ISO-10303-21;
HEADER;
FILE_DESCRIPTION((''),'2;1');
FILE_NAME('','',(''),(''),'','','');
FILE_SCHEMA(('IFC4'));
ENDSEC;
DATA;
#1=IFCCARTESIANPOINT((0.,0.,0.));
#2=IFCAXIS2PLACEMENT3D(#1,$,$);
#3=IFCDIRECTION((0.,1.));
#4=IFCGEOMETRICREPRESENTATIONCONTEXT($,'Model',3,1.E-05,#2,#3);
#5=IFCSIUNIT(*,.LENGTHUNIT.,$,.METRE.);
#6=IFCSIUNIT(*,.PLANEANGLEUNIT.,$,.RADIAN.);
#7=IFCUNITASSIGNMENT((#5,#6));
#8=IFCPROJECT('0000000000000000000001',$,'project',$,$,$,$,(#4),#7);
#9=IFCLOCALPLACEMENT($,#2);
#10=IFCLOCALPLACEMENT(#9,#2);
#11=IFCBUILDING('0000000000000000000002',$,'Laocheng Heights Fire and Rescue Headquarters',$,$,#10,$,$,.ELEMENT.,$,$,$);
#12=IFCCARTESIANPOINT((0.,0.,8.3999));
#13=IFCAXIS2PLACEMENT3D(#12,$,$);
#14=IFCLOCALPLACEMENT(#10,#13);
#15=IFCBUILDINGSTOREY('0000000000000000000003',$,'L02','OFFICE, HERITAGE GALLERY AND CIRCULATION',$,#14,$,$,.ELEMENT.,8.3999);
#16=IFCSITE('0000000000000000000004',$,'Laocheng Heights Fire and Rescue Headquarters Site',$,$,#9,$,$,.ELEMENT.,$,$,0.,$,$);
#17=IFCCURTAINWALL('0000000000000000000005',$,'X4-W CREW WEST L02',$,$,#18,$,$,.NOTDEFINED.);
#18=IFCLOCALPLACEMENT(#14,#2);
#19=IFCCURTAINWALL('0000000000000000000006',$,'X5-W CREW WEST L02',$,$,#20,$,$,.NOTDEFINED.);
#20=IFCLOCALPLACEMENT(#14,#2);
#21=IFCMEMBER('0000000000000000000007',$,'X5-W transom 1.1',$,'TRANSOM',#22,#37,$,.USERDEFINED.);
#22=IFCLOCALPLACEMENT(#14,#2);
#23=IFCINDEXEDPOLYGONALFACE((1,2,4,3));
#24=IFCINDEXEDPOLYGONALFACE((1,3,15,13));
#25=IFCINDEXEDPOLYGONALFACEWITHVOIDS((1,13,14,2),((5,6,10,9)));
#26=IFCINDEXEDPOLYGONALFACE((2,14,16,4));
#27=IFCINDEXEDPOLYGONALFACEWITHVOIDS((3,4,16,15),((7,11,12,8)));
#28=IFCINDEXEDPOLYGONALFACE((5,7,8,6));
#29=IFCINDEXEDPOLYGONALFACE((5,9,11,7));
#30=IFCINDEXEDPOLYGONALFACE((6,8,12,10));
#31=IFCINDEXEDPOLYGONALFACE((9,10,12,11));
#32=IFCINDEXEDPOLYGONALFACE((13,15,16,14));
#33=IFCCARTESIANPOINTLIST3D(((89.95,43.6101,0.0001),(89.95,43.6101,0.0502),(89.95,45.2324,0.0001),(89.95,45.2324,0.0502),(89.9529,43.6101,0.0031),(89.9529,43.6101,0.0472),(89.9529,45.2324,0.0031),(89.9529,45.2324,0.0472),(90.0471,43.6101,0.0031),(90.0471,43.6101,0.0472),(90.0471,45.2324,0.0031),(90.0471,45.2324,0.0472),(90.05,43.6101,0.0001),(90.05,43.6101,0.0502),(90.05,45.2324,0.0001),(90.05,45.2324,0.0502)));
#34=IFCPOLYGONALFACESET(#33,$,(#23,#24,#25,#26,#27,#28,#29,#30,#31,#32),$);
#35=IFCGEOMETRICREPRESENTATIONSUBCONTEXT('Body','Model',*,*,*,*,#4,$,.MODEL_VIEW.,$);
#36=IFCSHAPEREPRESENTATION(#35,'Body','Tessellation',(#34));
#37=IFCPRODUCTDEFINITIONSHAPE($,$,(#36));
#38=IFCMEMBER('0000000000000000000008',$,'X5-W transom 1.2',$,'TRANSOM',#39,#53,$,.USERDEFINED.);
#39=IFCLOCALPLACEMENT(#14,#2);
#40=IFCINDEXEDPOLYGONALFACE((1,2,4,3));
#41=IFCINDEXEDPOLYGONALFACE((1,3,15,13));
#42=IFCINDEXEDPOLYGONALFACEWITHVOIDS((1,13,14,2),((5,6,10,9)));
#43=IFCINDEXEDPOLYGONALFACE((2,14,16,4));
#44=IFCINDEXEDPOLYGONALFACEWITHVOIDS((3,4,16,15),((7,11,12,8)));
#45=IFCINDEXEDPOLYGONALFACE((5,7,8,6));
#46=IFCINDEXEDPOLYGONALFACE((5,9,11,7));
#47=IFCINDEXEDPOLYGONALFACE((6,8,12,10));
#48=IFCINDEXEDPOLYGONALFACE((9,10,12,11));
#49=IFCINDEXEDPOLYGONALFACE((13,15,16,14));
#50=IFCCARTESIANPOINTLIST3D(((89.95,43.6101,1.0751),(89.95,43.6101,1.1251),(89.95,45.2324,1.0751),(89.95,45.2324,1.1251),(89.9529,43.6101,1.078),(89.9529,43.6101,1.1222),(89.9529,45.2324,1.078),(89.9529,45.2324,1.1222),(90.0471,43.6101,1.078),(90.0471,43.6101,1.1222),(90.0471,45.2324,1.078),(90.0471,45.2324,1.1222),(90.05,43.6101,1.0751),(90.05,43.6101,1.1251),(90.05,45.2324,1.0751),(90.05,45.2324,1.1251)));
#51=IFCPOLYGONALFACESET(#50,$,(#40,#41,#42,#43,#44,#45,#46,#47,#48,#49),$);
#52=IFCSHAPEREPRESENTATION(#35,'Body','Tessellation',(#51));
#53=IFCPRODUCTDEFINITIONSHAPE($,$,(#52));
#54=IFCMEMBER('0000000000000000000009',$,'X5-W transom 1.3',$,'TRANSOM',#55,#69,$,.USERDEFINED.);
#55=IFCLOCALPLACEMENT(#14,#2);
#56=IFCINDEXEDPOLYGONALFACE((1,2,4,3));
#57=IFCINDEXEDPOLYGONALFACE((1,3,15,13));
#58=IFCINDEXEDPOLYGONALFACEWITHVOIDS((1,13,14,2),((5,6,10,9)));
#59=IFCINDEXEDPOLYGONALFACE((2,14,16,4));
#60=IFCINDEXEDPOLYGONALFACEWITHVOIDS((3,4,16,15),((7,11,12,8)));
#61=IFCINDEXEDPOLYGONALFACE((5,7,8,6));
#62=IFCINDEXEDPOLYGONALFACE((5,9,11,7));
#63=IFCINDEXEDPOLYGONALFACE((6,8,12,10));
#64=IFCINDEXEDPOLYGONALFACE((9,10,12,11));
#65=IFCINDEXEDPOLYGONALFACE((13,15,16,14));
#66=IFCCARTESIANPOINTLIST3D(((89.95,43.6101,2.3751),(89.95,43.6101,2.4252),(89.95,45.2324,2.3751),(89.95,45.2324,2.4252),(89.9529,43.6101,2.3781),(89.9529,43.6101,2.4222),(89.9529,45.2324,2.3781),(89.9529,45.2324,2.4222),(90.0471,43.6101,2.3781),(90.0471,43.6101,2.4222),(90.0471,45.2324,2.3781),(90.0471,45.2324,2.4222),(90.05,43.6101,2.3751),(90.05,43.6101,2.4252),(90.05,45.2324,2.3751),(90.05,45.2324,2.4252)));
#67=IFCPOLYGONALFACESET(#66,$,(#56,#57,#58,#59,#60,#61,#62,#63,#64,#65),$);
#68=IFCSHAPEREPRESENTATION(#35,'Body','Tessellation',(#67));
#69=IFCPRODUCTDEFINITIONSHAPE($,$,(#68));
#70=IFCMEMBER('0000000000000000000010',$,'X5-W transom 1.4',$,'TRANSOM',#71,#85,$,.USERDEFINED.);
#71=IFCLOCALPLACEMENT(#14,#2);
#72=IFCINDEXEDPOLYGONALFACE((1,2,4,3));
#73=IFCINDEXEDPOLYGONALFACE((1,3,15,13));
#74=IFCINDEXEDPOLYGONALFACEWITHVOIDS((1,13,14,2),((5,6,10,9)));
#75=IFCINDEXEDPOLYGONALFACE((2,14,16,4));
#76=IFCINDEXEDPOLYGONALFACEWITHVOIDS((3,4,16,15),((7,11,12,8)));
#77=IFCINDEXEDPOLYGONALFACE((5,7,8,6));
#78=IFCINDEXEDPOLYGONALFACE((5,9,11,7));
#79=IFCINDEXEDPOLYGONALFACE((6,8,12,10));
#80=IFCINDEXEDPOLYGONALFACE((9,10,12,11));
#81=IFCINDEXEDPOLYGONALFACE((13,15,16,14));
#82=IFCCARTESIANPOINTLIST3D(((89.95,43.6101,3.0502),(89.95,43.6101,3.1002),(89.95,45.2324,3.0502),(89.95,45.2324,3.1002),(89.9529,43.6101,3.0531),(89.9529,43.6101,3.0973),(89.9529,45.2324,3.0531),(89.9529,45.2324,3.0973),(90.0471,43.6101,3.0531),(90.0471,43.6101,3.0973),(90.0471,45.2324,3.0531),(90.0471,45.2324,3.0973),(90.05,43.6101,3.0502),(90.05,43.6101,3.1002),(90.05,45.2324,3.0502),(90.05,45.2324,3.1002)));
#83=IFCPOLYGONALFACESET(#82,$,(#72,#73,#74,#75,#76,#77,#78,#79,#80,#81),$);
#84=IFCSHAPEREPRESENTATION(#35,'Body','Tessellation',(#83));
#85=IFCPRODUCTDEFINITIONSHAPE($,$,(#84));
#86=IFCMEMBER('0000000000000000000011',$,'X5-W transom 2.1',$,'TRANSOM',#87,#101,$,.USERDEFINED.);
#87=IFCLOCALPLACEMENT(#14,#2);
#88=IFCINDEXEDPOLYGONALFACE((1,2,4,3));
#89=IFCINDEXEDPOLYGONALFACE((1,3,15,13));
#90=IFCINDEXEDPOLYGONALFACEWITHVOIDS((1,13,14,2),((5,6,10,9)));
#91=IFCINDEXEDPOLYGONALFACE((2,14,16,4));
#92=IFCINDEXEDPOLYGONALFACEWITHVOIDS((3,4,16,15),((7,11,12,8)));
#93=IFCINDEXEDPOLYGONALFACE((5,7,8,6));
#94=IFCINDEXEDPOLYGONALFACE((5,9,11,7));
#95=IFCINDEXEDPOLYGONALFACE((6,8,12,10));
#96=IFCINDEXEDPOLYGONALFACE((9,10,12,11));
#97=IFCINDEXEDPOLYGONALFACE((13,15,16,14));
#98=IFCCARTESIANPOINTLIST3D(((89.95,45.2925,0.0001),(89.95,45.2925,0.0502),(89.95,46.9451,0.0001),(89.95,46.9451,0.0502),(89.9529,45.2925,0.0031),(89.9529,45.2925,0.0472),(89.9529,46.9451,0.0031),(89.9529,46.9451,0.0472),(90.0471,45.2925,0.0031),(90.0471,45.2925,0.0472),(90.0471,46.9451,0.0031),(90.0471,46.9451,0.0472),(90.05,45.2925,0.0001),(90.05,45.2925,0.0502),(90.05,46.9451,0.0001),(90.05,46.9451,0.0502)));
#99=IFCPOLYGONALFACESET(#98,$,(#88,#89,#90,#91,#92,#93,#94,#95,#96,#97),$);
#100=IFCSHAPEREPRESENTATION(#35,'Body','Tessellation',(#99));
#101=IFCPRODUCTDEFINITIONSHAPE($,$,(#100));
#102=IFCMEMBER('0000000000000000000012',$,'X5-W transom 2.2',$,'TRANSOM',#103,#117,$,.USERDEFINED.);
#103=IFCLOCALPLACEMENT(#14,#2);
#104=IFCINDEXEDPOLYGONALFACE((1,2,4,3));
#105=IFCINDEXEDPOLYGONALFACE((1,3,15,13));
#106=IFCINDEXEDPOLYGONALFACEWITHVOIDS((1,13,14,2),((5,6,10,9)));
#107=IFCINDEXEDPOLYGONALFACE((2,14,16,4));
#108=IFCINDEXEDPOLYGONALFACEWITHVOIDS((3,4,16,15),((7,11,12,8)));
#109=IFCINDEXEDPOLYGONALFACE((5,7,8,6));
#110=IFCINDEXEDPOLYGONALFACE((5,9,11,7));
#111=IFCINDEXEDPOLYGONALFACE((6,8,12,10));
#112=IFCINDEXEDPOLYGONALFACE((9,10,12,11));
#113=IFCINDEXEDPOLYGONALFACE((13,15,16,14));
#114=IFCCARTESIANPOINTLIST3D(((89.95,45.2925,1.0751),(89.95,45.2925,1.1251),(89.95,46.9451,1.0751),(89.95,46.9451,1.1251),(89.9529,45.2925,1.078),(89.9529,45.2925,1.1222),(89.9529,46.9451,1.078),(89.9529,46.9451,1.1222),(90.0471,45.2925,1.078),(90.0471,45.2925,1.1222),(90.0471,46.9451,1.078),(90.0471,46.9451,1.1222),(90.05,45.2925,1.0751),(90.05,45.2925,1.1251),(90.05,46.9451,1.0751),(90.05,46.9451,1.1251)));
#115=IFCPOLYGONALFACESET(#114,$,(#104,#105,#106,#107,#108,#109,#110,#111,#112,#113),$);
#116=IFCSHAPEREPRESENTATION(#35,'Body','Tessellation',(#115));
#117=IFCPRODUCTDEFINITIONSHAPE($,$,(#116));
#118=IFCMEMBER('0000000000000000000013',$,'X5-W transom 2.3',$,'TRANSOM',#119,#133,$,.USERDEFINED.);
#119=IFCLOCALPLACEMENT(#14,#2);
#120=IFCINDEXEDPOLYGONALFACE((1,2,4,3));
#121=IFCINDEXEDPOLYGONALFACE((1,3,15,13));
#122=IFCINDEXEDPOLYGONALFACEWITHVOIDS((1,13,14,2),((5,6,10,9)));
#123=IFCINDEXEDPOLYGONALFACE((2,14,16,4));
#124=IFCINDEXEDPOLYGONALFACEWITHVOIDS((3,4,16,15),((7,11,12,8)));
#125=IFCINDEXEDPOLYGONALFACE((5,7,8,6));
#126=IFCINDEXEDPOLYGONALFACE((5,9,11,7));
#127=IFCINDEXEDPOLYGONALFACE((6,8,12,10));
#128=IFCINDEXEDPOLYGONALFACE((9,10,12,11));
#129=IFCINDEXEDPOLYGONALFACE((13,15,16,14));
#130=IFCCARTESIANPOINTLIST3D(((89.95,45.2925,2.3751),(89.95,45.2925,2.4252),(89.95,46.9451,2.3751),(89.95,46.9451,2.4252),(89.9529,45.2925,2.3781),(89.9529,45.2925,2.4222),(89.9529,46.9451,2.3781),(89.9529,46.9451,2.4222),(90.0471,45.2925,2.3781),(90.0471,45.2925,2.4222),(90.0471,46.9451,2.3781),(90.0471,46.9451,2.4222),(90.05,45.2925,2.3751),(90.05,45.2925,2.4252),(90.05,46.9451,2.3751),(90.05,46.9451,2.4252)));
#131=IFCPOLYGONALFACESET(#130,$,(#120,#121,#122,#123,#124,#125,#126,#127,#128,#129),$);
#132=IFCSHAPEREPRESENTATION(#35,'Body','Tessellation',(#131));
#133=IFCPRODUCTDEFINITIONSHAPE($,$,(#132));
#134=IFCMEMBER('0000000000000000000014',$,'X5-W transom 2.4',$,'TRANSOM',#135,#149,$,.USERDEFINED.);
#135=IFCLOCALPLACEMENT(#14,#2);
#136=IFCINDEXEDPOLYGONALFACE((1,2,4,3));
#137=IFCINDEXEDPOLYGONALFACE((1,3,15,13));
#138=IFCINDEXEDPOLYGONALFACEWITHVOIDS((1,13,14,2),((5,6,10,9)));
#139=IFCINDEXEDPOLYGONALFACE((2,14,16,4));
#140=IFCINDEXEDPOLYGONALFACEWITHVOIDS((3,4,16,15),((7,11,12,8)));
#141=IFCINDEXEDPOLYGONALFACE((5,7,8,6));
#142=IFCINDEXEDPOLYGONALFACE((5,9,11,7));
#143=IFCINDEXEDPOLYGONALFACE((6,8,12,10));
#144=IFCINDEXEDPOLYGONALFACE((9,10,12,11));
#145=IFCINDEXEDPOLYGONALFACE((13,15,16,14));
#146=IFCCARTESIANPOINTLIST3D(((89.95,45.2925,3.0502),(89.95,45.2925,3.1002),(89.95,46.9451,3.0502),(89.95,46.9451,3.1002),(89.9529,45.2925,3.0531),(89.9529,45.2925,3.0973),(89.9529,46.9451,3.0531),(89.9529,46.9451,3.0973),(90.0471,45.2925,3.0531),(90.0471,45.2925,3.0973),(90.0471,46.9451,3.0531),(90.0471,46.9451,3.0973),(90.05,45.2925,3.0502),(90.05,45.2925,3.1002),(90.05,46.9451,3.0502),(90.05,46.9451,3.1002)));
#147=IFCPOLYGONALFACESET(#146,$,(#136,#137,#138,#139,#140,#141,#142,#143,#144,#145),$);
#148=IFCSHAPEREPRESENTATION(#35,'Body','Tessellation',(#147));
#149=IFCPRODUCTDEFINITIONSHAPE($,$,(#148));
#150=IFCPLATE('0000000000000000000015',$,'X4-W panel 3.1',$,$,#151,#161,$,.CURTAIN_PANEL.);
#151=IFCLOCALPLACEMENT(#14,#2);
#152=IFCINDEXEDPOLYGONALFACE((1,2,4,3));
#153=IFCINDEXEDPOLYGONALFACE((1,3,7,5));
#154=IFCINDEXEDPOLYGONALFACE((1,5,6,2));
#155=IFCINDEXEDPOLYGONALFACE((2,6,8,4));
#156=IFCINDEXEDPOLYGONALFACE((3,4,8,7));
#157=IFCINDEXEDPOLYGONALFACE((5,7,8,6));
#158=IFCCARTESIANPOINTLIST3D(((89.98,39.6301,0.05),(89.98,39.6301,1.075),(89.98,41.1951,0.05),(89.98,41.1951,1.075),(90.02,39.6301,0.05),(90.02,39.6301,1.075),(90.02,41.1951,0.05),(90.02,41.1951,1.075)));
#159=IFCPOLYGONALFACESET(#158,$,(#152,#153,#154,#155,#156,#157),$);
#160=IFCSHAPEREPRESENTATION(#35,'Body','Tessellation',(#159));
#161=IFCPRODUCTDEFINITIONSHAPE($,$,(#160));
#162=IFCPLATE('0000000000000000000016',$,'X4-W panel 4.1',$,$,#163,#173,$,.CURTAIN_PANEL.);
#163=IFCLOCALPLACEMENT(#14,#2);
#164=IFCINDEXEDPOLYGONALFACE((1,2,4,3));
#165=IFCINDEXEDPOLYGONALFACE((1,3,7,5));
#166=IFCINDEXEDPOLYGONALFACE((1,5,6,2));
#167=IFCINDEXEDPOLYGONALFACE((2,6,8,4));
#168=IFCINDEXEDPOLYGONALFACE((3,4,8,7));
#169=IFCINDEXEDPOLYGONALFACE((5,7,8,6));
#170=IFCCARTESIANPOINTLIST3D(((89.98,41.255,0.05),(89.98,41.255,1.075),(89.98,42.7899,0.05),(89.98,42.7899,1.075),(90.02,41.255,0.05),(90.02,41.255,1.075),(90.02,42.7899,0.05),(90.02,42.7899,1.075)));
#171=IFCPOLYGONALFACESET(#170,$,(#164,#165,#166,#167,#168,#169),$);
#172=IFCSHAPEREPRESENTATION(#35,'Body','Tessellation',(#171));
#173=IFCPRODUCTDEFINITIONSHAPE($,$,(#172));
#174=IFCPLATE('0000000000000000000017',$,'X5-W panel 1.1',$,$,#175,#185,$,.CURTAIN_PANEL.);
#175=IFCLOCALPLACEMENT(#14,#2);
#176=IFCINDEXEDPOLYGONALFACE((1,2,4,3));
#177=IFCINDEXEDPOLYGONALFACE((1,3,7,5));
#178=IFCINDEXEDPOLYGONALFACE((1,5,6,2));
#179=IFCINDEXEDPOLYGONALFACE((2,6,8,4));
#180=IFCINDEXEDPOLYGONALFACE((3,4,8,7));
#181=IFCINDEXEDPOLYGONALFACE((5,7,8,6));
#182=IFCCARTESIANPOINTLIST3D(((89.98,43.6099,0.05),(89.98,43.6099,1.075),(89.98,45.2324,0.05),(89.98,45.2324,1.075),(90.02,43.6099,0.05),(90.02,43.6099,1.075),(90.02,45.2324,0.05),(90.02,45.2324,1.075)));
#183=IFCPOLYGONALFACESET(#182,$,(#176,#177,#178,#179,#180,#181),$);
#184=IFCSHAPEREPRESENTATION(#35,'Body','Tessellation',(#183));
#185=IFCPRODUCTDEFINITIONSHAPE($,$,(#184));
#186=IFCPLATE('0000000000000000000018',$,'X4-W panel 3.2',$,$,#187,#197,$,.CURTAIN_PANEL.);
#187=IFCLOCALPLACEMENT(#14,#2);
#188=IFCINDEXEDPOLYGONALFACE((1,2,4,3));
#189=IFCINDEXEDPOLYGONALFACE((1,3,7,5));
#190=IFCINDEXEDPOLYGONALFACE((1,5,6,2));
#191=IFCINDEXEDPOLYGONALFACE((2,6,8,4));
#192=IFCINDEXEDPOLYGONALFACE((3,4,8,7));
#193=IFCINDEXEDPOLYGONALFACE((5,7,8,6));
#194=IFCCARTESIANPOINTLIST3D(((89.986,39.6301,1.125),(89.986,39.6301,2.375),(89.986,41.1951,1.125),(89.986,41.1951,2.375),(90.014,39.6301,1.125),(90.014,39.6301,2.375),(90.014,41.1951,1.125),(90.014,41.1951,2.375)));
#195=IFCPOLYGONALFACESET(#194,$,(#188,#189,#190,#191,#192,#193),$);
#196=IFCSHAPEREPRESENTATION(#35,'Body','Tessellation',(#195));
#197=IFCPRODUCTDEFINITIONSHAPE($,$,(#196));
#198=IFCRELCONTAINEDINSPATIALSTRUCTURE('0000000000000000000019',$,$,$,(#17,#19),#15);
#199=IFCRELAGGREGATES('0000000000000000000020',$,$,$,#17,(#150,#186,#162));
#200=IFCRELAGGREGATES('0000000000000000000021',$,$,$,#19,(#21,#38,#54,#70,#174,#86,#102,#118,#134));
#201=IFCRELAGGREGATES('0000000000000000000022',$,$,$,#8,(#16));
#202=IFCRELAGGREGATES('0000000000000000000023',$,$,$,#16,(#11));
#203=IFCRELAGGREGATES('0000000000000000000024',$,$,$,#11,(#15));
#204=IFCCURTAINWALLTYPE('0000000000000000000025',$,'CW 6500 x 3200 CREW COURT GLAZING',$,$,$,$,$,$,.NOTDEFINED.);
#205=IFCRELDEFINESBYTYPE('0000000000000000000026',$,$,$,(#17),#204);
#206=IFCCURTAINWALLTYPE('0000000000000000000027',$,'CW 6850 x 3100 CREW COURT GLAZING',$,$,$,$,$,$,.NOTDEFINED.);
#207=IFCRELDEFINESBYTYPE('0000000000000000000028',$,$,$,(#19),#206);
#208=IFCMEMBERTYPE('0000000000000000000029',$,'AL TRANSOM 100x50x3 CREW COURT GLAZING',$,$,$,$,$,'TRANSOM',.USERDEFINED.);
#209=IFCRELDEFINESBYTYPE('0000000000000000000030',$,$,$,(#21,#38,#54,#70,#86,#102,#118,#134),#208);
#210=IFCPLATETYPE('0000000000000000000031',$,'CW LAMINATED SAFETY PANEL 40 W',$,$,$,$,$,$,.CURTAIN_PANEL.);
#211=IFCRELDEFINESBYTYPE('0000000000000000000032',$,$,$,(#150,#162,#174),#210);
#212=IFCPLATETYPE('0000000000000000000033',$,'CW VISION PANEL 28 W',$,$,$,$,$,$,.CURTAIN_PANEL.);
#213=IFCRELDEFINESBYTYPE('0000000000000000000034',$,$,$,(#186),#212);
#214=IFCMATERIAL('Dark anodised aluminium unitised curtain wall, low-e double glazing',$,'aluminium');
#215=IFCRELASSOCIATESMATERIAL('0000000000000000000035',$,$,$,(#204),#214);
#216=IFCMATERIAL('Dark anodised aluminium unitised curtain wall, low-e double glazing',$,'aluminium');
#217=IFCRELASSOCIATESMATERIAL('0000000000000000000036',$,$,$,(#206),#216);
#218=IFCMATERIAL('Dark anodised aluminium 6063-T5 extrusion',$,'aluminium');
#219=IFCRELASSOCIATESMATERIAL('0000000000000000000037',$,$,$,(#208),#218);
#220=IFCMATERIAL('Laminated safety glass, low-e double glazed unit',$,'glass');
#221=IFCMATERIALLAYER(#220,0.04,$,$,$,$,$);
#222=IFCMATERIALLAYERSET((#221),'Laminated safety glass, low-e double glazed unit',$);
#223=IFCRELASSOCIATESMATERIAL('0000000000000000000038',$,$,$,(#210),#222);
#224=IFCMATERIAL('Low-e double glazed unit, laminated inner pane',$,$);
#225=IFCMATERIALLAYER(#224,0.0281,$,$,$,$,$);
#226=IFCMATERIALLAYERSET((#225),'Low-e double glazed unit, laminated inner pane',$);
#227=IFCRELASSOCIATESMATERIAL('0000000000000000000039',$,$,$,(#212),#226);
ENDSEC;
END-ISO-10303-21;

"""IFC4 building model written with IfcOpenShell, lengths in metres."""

from ifc_helpers import new_model, si_unit, direction, frame, origin, origin_2d, place, context, subcontext, project, spatial, rectangle, hollow_rectangle, extrude, material, layer, layer_set, material_profile, profile_set, type_object, element, aggregate, save


model = new_model("IFC4")

# Units and contexts
model_context = context("Model", 3, precision=1e-05, world=origin(), true_north=direction((0.0, 1.0)))
body_context = subcontext(model_context, "Body", "Model", "MODEL_VIEW")
ifc_project = project(units=[si_unit("LENGTHUNIT", "METRE"), si_unit("PLANEANGLEUNIT", "RADIAN")], contexts=[model_context])

# Site, building, storey
site_placement = place(None, origin())
site = spatial("IfcSite", under=ifc_project, at=site_placement, Name="Laocheng Heights Fire and Rescue Headquarters Site", CompositionType="ELEMENT", RefElevation=0.0)
building_placement = place(site_placement, origin())
building = spatial("IfcBuilding", under=site, at=building_placement, Name="Laocheng Heights Fire and Rescue Headquarters", CompositionType="ELEMENT")
storey_placement = place(building_placement, frame((0.0, 0.0, 8.3999)))
storey = spatial("IfcBuildingStorey", under=building, at=storey_placement, Name="L02", Description="OFFICE, HERITAGE GALLERY AND CIRCULATION", CompositionType="ELEMENT", Elevation=8.3999)

# Curtain walls
ifc_material_1 = material(Name="Dark anodised aluminium unitised curtain wall, low-e double glazing", Category="aluminium")
curtain_wall_type_1 = type_object("IfcCurtainWallType", Name="CW 6500 x 3200 CREW COURT GLAZING", PredefinedType="NOTDEFINED", material=ifc_material_1)
curtain_wall_1_placement = place(storey_placement, origin())
curtain_wall_1 = element("IfcCurtainWall", 1, at=curtain_wall_1_placement, inside=storey, type_object=curtain_wall_type_1, Name="X4-W CREW WEST L02", PredefinedType="NOTDEFINED")
ifc_material_2 = material(Name="Dark anodised aluminium unitised curtain wall, low-e double glazing", Category="aluminium")
curtain_wall_type_2 = type_object("IfcCurtainWallType", Name="CW 6850 x 3100 CREW COURT GLAZING", PredefinedType="NOTDEFINED", material=ifc_material_2)
curtain_wall_2_placement = place(storey_placement, origin())
curtain_wall_2 = element("IfcCurtainWall", 2, at=curtain_wall_2_placement, inside=storey, type_object=curtain_wall_type_2, Name="X5-W CREW WEST L02", PredefinedType="NOTDEFINED")

# Members
ifc_material_3 = material(Name="Dark anodised aluminium 6063-T5 extrusion", Category="aluminium")
ifc_material_profile_1 = material_profile(ifc_material_3, hollow_rectangle(XDim=0.1001, YDim=0.05, WallThickness=0.0029, at=origin_2d()), Name="AL TRANSOM 100x50x3 CREW COURT GLAZING")
ifc_profile_set_1 = profile_set([ifc_material_profile_1], Name="Dark anodised aluminium 6063-T5 extrusion")
member_type_1 = type_object("IfcMemberType", Name="AL TRANSOM 100x50x3 CREW COURT GLAZING", ElementType="TRANSOM", PredefinedType="USERDEFINED", material=ifc_profile_set_1)
member_1_placement = place(storey_placement, frame((90.0, 43.6101, 0.0251), z_axis=(0.0, 1.0, 0.0), x_axis=(-1.0, 0.0, 0.0)))
member_1 = element("IfcMember", 3, at=member_1_placement, type_object=member_type_1, Name="X5-W transom 1.1", ObjectType="TRANSOM", PredefinedType="USERDEFINED", context=body_context, shape_type="SweptSolid", body=[
    extrude(hollow_rectangle(XDim=0.1001, YDim=0.05, WallThickness=0.0029, at=origin_2d()), origin(), (0.0, 0.0, 1.0), 1.6223),
])
member_2_placement = place(storey_placement, frame((90.0, 43.6101, 1.1001), z_axis=(0.0, 1.0, 0.0), x_axis=(-1.0, 0.0, 0.0)))
member_2 = element("IfcMember", 4, at=member_2_placement, type_object=member_type_1, Name="X5-W transom 1.2", ObjectType="TRANSOM", PredefinedType="USERDEFINED", context=body_context, shape_type="SweptSolid", body=[
    extrude(hollow_rectangle(XDim=0.1001, YDim=0.05, WallThickness=0.0029, at=origin_2d()), origin(), (0.0, 0.0, 1.0), 1.6223),
])
member_3_placement = place(storey_placement, frame((90.0, 43.6101, 2.4001), z_axis=(0.0, 1.0, 0.0), x_axis=(-1.0, 0.0, 0.0)))
member_3 = element("IfcMember", 5, at=member_3_placement, type_object=member_type_1, Name="X5-W transom 1.3", ObjectType="TRANSOM", PredefinedType="USERDEFINED", context=body_context, shape_type="SweptSolid", body=[
    extrude(hollow_rectangle(XDim=0.1001, YDim=0.05, WallThickness=0.0029, at=origin_2d()), origin(), (0.0, 0.0, 1.0), 1.6223),
])
member_4_placement = place(storey_placement, frame((90.0, 43.6101, 3.0752), z_axis=(0.0, 1.0, 0.0), x_axis=(-1.0, 0.0, 0.0)))
member_4 = element("IfcMember", 6, at=member_4_placement, type_object=member_type_1, Name="X5-W transom 1.4", ObjectType="TRANSOM", PredefinedType="USERDEFINED", context=body_context, shape_type="SweptSolid", body=[
    extrude(hollow_rectangle(XDim=0.1001, YDim=0.05, WallThickness=0.0029, at=origin_2d()), origin(), (0.0, 0.0, 1.0), 1.6223),
])
member_5_placement = place(storey_placement, frame((90.0, 45.2925, 0.0251), z_axis=(0.0, 1.0, 0.0), x_axis=(-1.0, 0.0, 0.0)))
member_5 = element("IfcMember", 7, at=member_5_placement, type_object=member_type_1, Name="X5-W transom 2.1", ObjectType="TRANSOM", PredefinedType="USERDEFINED", context=body_context, shape_type="SweptSolid", body=[
    extrude(hollow_rectangle(XDim=0.1001, YDim=0.05, WallThickness=0.0029, at=origin_2d()), origin(), (0.0, 0.0, 1.0), 1.6526),
])
member_6_placement = place(storey_placement, frame((90.0, 45.2925, 1.1001), z_axis=(0.0, 1.0, 0.0), x_axis=(-1.0, 0.0, 0.0)))
member_6 = element("IfcMember", 8, at=member_6_placement, type_object=member_type_1, Name="X5-W transom 2.2", ObjectType="TRANSOM", PredefinedType="USERDEFINED", context=body_context, shape_type="SweptSolid", body=[
    extrude(hollow_rectangle(XDim=0.1001, YDim=0.05, WallThickness=0.0029, at=origin_2d()), origin(), (0.0, 0.0, 1.0), 1.6526),
])
member_7_placement = place(storey_placement, frame((90.0, 45.2925, 2.4001), z_axis=(0.0, 1.0, 0.0), x_axis=(-1.0, 0.0, 0.0)))
member_7 = element("IfcMember", 9, at=member_7_placement, type_object=member_type_1, Name="X5-W transom 2.3", ObjectType="TRANSOM", PredefinedType="USERDEFINED", context=body_context, shape_type="SweptSolid", body=[
    extrude(hollow_rectangle(XDim=0.1001, YDim=0.05, WallThickness=0.0029, at=origin_2d()), origin(), (0.0, 0.0, 1.0), 1.6526),
])
member_8_placement = place(storey_placement, frame((90.0, 45.2925, 3.0752), z_axis=(0.0, 1.0, 0.0), x_axis=(-1.0, 0.0, 0.0)))
member_8 = element("IfcMember", 10, at=member_8_placement, type_object=member_type_1, Name="X5-W transom 2.4", ObjectType="TRANSOM", PredefinedType="USERDEFINED", context=body_context, shape_type="SweptSolid", body=[
    extrude(hollow_rectangle(XDim=0.1001, YDim=0.05, WallThickness=0.0029, at=origin_2d()), origin(), (0.0, 0.0, 1.0), 1.6526),
])

# Plates
ifc_material_4 = material(Name="Laminated safety glass, low-e double glazed unit", Category="glass")
ifc_layer_1 = layer(ifc_material_4, 0.04)
ifc_layer_set_1 = layer_set([ifc_layer_1], Name="Laminated safety glass, low-e double glazed unit")
plate_type_1 = type_object("IfcPlateType", Name="CW LAMINATED SAFETY PANEL 40 W", PredefinedType="CURTAIN_PANEL", material=ifc_layer_set_1)
plate_1_placement = place(storey_placement, frame((90.0, 40.4126, 0.05), z_axis=(0.0, 0.0, 1.0), x_axis=(0.0, 1.0, 0.0)))
plate_1 = element("IfcPlate", 11, at=plate_1_placement, type_object=plate_type_1, Name="X4-W panel 3.1", PredefinedType="CURTAIN_PANEL", context=body_context, shape_type="SweptSolid", body=[
    extrude(rectangle(XDim=1.5649, YDim=0.04, at=origin_2d()), origin(), (0.0, 0.0, 1.0), 1.0249),
])
plate_2_placement = place(storey_placement, frame((90.0, 42.0225, 0.05), z_axis=(0.0, 0.0, 1.0), x_axis=(0.0, 1.0, 0.0)))
plate_2 = element("IfcPlate", 12, at=plate_2_placement, type_object=plate_type_1, Name="X4-W panel 4.1", PredefinedType="CURTAIN_PANEL", context=body_context, shape_type="SweptSolid", body=[
    extrude(rectangle(XDim=1.5349, YDim=0.04, at=origin_2d()), origin(), (0.0, 0.0, 1.0), 1.0249),
])
plate_3_placement = place(storey_placement, frame((90.0, 44.4211, 0.05), z_axis=(0.0, 0.0, 1.0), x_axis=(0.0, 1.0, 0.0)))
plate_3 = element("IfcPlate", 13, at=plate_3_placement, type_object=plate_type_1, Name="X5-W panel 1.1", PredefinedType="CURTAIN_PANEL", context=body_context, shape_type="SweptSolid", body=[
    extrude(rectangle(XDim=1.6226, YDim=0.04, at=origin_2d()), origin(), (0.0, 0.0, 1.0), 1.0249),
])
ifc_material_5 = material(Name="Low-e double glazed unit, laminated inner pane")
ifc_layer_2 = layer(ifc_material_5, 0.0281)
ifc_layer_set_2 = layer_set([ifc_layer_2], Name="Low-e double glazed unit, laminated inner pane")
plate_type_2 = type_object("IfcPlateType", Name="CW VISION PANEL 28 W", PredefinedType="CURTAIN_PANEL", material=ifc_layer_set_2)
plate_4_placement = place(storey_placement, frame((90.0, 40.4126, 1.125), z_axis=(0.0, 0.0, 1.0), x_axis=(0.0, 1.0, 0.0)))
plate_4 = element("IfcPlate", 14, at=plate_4_placement, type_object=plate_type_2, Name="X4-W panel 3.2", PredefinedType="CURTAIN_PANEL", context=body_context, shape_type="SweptSolid", body=[
    extrude(rectangle(XDim=1.5649, YDim=0.0281, at=origin_2d()), origin(), (0.0, 0.0, 1.0), 1.25),
])
aggregate(curtain_wall_1, [plate_1, plate_4, plate_2])
aggregate(curtain_wall_2, [member_1, member_2, member_3, member_4, plate_3, member_5, member_6, member_7, member_8])

save(model, "model.ifc")
